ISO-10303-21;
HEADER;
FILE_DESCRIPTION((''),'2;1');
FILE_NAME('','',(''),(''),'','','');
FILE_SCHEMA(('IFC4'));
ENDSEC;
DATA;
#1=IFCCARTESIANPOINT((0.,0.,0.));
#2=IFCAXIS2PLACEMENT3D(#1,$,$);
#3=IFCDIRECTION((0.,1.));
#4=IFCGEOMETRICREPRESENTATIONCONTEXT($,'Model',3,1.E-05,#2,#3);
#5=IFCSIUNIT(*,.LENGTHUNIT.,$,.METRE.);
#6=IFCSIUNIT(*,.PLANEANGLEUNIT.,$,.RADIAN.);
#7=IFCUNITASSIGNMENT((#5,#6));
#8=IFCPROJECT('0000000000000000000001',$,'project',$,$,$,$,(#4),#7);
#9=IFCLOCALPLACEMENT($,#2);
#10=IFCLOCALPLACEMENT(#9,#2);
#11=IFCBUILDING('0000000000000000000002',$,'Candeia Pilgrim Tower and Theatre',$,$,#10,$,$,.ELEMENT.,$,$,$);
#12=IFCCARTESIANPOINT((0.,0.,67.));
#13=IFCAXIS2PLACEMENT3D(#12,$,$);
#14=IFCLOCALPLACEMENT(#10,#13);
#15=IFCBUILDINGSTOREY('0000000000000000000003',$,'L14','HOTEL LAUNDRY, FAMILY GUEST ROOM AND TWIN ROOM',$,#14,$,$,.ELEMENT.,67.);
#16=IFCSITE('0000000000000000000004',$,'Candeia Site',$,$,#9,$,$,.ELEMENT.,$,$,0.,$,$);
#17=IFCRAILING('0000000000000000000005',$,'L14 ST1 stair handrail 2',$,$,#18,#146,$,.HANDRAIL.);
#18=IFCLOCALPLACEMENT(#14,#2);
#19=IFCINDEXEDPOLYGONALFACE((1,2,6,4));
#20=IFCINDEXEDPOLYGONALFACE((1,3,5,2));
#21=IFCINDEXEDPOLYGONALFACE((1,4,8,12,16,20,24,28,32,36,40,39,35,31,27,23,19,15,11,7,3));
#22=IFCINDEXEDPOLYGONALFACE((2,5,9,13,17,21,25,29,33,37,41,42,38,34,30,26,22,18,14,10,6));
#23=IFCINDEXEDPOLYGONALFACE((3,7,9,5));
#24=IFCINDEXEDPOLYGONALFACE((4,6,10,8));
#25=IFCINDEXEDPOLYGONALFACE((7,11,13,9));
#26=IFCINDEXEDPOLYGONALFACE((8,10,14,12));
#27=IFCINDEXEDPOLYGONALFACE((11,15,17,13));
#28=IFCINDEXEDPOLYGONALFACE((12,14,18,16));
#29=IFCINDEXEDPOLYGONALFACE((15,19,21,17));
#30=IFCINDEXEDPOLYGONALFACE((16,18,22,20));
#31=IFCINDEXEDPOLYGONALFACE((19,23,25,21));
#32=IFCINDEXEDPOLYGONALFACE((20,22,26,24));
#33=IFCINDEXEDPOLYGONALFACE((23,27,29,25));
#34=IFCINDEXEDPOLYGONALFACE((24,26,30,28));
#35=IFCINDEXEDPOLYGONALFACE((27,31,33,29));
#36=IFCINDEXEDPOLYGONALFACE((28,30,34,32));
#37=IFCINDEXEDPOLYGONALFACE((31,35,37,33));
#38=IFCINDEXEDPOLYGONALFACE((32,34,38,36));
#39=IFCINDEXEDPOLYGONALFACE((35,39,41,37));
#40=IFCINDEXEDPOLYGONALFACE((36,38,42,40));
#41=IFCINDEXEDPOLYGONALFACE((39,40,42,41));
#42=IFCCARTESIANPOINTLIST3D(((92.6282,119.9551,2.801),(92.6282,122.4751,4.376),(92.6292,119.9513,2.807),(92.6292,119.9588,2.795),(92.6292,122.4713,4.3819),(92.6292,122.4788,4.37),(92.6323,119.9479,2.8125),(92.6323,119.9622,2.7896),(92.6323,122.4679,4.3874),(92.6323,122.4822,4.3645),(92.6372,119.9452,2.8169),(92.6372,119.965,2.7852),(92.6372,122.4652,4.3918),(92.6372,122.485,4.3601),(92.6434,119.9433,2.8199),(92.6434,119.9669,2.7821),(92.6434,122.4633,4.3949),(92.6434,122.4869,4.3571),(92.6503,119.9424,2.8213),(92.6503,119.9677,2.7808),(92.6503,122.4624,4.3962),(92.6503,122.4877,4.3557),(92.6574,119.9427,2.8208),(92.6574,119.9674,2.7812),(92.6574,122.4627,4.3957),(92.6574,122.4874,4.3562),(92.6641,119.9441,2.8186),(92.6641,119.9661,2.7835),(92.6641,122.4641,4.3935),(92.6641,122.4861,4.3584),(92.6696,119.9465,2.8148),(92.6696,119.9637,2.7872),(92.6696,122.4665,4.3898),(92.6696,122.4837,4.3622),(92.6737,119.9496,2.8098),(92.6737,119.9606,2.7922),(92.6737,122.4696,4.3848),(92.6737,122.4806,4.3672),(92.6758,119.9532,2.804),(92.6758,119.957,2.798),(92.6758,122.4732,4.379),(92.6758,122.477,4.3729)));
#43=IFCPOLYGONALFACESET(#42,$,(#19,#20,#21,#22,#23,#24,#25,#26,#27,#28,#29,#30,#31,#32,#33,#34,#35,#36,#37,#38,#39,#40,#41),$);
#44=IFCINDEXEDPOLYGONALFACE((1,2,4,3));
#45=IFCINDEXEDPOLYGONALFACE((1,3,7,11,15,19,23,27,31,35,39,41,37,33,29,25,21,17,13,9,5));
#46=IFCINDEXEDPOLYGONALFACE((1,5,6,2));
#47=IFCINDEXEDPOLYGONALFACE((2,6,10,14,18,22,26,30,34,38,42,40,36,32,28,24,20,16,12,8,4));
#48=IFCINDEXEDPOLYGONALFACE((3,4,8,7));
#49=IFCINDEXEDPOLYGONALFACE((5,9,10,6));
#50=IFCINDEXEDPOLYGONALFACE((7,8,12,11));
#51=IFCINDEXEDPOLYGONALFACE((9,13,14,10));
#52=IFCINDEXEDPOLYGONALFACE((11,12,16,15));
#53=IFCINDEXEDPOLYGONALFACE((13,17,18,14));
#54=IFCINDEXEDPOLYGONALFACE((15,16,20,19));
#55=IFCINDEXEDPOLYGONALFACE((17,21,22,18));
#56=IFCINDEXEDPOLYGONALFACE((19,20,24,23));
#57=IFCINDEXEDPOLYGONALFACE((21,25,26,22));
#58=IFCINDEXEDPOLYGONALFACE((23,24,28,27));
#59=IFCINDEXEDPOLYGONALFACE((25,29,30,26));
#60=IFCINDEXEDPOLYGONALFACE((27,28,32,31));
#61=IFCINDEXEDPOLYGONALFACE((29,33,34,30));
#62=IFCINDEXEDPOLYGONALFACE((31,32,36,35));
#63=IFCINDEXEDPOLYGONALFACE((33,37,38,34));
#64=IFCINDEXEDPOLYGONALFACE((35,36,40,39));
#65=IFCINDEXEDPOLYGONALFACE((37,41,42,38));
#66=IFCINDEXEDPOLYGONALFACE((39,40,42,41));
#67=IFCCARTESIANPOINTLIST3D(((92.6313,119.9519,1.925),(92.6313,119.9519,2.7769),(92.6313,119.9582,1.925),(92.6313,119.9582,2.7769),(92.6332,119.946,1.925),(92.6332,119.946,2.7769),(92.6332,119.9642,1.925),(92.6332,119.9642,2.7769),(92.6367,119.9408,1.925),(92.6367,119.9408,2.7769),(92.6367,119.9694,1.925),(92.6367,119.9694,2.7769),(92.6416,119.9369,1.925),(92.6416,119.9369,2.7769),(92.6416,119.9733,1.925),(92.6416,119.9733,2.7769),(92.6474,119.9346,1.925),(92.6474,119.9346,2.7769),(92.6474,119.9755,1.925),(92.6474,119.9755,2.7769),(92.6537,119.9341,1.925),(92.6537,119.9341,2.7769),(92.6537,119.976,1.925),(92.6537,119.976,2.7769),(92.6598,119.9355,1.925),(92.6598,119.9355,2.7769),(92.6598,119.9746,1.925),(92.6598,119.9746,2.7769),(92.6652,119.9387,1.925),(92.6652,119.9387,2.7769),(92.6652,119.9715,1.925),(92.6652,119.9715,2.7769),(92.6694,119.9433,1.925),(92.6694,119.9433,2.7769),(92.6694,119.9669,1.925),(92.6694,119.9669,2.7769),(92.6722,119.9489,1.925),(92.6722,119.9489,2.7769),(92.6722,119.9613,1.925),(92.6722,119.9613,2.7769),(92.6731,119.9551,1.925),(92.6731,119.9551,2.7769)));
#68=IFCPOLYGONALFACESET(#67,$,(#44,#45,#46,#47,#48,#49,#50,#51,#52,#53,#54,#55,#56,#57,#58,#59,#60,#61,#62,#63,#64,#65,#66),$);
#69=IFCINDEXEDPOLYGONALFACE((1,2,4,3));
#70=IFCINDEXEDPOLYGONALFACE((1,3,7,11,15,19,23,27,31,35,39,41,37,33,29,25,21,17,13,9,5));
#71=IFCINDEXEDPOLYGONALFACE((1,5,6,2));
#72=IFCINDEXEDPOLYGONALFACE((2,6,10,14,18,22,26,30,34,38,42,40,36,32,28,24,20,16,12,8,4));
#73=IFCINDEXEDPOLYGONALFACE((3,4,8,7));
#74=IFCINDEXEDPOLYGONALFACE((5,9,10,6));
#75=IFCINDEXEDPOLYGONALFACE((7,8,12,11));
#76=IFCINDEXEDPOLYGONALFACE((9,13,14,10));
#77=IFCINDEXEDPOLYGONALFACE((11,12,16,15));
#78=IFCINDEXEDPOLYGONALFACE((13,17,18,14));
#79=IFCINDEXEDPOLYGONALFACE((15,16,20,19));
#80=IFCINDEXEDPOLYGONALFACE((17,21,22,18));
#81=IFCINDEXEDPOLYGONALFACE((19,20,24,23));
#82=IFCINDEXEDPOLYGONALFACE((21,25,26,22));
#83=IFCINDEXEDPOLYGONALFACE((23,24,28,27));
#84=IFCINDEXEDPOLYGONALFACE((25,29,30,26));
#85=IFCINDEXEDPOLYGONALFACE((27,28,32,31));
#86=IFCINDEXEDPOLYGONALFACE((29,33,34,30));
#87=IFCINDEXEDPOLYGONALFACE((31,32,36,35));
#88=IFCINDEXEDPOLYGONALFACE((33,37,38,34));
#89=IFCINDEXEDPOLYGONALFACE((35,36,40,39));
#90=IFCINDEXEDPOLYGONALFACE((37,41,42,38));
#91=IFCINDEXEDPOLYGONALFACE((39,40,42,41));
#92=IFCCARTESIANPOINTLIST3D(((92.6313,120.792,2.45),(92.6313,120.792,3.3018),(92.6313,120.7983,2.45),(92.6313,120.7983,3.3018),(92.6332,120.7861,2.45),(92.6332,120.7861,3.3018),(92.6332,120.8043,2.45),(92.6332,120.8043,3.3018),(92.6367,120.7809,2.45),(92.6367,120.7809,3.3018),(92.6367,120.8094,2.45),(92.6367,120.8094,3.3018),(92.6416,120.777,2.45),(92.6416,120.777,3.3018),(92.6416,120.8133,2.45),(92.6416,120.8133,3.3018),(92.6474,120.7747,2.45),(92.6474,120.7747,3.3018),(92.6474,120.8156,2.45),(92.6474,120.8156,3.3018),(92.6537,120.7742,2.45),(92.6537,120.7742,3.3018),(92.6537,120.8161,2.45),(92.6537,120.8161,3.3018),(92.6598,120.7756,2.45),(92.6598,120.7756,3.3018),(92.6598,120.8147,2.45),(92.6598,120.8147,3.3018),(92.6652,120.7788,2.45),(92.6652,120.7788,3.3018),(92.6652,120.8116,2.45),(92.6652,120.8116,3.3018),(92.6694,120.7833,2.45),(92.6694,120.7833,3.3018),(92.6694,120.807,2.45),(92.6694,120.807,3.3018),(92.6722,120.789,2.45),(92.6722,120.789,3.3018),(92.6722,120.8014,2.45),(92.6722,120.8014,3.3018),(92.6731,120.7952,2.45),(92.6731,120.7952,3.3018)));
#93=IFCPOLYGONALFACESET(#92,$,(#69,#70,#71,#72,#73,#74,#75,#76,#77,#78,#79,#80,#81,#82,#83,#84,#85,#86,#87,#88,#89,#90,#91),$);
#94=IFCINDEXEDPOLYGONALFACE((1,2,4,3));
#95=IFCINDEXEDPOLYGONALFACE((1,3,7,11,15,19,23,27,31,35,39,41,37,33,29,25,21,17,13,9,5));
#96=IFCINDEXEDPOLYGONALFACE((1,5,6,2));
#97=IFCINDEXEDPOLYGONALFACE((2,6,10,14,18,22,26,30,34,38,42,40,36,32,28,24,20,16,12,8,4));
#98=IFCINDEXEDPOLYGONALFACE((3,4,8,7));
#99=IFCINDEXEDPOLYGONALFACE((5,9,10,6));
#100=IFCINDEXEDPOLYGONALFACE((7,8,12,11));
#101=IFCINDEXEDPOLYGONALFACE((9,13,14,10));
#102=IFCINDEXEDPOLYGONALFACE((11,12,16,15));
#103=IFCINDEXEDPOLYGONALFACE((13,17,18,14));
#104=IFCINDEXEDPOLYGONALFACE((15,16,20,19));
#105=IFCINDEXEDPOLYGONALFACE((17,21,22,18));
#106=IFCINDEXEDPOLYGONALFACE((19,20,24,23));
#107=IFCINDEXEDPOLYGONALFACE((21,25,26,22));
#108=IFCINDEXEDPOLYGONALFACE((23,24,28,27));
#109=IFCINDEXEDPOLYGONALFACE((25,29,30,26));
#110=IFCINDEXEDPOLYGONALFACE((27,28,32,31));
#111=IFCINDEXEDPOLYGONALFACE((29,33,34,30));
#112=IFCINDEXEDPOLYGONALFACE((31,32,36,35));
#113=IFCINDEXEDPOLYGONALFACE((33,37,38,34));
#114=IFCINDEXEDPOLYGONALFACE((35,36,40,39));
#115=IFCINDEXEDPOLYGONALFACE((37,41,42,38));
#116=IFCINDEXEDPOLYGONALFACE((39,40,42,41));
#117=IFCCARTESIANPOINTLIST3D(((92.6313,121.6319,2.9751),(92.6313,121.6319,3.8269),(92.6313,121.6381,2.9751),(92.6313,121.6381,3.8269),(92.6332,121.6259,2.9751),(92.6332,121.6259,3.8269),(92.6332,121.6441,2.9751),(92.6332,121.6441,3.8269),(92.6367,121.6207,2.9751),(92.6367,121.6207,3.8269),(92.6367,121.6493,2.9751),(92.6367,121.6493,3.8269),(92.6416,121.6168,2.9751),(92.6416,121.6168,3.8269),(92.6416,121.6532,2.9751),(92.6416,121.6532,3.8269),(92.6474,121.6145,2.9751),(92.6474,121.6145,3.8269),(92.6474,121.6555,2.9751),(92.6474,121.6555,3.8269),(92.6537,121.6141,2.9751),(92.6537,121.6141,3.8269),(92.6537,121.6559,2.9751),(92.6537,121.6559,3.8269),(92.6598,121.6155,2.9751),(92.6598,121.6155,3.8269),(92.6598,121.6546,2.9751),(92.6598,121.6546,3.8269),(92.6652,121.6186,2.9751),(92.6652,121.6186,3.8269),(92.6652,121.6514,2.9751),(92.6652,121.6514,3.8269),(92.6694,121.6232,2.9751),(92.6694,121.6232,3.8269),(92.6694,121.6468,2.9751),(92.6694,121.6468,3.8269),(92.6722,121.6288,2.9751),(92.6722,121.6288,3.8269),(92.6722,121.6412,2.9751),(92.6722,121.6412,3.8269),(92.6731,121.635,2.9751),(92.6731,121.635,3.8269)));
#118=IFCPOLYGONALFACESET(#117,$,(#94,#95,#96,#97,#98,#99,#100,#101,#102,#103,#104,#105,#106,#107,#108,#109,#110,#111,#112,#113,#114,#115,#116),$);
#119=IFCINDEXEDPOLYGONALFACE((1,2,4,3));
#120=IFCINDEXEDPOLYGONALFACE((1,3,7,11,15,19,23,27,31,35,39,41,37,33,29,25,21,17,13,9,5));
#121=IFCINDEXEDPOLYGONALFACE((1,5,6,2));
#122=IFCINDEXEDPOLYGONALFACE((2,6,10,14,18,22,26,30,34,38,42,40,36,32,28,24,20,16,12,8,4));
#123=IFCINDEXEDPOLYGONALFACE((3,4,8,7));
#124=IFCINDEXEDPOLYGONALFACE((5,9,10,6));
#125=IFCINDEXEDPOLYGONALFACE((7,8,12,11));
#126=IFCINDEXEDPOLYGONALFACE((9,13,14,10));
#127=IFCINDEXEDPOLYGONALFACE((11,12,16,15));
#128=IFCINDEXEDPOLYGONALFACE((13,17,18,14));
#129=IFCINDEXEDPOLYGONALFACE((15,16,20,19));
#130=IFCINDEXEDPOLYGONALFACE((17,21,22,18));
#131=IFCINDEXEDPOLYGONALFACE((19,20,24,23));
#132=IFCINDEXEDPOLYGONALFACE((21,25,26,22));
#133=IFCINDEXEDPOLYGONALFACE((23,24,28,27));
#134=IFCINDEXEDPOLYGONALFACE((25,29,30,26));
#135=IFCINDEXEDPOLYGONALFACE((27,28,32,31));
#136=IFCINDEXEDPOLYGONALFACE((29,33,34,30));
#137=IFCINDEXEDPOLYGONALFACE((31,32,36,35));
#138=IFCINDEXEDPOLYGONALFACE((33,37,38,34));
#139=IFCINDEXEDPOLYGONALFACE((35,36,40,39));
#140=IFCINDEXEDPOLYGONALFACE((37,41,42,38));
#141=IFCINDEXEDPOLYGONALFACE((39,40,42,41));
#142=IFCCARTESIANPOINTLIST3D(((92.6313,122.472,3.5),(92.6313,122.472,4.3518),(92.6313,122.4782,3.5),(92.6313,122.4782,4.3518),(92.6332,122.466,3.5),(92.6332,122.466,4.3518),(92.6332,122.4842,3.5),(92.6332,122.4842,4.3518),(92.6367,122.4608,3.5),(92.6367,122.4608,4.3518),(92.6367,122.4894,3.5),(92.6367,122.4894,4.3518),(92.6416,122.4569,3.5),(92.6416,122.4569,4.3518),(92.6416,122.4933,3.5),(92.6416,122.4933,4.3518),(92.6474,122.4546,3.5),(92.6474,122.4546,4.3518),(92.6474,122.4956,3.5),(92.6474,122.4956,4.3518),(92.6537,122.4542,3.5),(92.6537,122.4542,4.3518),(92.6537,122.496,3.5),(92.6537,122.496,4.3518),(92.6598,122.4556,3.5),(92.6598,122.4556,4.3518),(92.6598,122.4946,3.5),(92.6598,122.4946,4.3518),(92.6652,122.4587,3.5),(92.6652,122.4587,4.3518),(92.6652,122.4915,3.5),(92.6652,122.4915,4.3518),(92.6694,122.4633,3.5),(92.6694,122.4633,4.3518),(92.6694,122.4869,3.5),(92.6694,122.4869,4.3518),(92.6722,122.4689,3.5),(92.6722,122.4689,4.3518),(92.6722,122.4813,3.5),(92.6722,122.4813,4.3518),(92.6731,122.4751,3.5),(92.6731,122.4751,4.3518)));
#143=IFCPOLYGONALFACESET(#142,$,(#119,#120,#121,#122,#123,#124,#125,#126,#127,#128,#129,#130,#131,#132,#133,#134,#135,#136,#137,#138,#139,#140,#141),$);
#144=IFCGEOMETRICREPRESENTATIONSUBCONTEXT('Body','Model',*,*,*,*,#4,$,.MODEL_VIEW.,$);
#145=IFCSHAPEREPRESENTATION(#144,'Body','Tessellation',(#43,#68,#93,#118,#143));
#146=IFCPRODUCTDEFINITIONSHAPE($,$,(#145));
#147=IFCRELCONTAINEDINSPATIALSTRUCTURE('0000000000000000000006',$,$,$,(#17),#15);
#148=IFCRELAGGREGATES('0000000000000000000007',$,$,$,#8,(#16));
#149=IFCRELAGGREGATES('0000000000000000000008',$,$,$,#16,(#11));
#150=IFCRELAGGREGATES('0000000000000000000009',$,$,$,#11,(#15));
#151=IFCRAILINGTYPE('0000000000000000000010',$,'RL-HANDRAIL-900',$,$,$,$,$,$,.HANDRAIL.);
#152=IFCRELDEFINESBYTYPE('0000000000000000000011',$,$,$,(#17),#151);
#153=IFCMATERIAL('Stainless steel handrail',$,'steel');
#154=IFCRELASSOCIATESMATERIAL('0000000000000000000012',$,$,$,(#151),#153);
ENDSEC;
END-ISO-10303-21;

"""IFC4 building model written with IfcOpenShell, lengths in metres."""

from ifc_helpers import new_model, si_unit, direction, frame, origin, origin_2d, place, context, subcontext, project, spatial, circle, extrude, material, type_object, element, save


model = new_model("IFC4")

# Units and contexts
model_context = context("Model", 3, precision=1e-05, world=origin(), true_north=direction((0.0, 1.0)))
body_context = subcontext(model_context, "Body", "Model", "MODEL_VIEW")
ifc_project = project(units=[si_unit("LENGTHUNIT", "METRE"), si_unit("PLANEANGLEUNIT", "RADIAN")], contexts=[model_context])

# Site, building, storey
site_placement = place(None, origin())
site = spatial("IfcSite", under=ifc_project, at=site_placement, Name="Candeia Site", CompositionType="ELEMENT", RefElevation=0.0)
building_placement = place(site_placement, origin())
building = spatial("IfcBuilding", under=site, at=building_placement, Name="Candeia Pilgrim Tower and Theatre", CompositionType="ELEMENT")
storey_placement = place(building_placement, frame((0.0, 0.0, 67.0)))
storey = spatial("IfcBuildingStorey", under=building, at=storey_placement, Name="L14", Description="HOTEL LAUNDRY, FAMILY GUEST ROOM AND TWIN ROOM", CompositionType="ELEMENT", Elevation=67.0)

# Railing
ifc_material_1 = material(Name="Stainless steel handrail", Category="steel")
railing_type = type_object("IfcRailingType", Name="RL-HANDRAIL-900", PredefinedType="HANDRAIL", material=ifc_material_1)
for number, where, name in (
    (1, (92.6521, 119.9551, 1.925), "L14 ST1 stair handrail 2"),
):
    element("IfcRailing", number, at=place(storey_placement, frame(where)), inside=storey, type_object=railing_type, Name=name, PredefinedType="HANDRAIL", context=body_context, shape_type="SweptSolid", body=[
        extrude(circle(Radius=0.0239, at=origin_2d()), frame((0.0, 0.0, 0.876), z_axis=(0.0, 0.848008, 0.529984), x_axis=(-1.0, 0.0, 0.0)), (0.0, 0.0, 1.0), 2.9717),
        extrude(circle(Radius=0.021, at=origin_2d()), origin(), (0.0, 0.0, 1.0), 0.8518),
        extrude(circle(Radius=0.021, at=origin_2d()), frame((0.0, 0.8401, 0.5249)), (0.0, 0.0, 1.0), 0.8518),
        extrude(circle(Radius=0.021, at=origin_2d()), frame((0.0, 1.6799, 1.05)), (0.0, 0.0, 1.0), 0.8518),
        extrude(circle(Radius=0.021, at=origin_2d()), frame((0.0, 2.52, 1.575)), (0.0, 0.0, 1.0), 0.8518),
    ])

save(model, "model.ifc")
